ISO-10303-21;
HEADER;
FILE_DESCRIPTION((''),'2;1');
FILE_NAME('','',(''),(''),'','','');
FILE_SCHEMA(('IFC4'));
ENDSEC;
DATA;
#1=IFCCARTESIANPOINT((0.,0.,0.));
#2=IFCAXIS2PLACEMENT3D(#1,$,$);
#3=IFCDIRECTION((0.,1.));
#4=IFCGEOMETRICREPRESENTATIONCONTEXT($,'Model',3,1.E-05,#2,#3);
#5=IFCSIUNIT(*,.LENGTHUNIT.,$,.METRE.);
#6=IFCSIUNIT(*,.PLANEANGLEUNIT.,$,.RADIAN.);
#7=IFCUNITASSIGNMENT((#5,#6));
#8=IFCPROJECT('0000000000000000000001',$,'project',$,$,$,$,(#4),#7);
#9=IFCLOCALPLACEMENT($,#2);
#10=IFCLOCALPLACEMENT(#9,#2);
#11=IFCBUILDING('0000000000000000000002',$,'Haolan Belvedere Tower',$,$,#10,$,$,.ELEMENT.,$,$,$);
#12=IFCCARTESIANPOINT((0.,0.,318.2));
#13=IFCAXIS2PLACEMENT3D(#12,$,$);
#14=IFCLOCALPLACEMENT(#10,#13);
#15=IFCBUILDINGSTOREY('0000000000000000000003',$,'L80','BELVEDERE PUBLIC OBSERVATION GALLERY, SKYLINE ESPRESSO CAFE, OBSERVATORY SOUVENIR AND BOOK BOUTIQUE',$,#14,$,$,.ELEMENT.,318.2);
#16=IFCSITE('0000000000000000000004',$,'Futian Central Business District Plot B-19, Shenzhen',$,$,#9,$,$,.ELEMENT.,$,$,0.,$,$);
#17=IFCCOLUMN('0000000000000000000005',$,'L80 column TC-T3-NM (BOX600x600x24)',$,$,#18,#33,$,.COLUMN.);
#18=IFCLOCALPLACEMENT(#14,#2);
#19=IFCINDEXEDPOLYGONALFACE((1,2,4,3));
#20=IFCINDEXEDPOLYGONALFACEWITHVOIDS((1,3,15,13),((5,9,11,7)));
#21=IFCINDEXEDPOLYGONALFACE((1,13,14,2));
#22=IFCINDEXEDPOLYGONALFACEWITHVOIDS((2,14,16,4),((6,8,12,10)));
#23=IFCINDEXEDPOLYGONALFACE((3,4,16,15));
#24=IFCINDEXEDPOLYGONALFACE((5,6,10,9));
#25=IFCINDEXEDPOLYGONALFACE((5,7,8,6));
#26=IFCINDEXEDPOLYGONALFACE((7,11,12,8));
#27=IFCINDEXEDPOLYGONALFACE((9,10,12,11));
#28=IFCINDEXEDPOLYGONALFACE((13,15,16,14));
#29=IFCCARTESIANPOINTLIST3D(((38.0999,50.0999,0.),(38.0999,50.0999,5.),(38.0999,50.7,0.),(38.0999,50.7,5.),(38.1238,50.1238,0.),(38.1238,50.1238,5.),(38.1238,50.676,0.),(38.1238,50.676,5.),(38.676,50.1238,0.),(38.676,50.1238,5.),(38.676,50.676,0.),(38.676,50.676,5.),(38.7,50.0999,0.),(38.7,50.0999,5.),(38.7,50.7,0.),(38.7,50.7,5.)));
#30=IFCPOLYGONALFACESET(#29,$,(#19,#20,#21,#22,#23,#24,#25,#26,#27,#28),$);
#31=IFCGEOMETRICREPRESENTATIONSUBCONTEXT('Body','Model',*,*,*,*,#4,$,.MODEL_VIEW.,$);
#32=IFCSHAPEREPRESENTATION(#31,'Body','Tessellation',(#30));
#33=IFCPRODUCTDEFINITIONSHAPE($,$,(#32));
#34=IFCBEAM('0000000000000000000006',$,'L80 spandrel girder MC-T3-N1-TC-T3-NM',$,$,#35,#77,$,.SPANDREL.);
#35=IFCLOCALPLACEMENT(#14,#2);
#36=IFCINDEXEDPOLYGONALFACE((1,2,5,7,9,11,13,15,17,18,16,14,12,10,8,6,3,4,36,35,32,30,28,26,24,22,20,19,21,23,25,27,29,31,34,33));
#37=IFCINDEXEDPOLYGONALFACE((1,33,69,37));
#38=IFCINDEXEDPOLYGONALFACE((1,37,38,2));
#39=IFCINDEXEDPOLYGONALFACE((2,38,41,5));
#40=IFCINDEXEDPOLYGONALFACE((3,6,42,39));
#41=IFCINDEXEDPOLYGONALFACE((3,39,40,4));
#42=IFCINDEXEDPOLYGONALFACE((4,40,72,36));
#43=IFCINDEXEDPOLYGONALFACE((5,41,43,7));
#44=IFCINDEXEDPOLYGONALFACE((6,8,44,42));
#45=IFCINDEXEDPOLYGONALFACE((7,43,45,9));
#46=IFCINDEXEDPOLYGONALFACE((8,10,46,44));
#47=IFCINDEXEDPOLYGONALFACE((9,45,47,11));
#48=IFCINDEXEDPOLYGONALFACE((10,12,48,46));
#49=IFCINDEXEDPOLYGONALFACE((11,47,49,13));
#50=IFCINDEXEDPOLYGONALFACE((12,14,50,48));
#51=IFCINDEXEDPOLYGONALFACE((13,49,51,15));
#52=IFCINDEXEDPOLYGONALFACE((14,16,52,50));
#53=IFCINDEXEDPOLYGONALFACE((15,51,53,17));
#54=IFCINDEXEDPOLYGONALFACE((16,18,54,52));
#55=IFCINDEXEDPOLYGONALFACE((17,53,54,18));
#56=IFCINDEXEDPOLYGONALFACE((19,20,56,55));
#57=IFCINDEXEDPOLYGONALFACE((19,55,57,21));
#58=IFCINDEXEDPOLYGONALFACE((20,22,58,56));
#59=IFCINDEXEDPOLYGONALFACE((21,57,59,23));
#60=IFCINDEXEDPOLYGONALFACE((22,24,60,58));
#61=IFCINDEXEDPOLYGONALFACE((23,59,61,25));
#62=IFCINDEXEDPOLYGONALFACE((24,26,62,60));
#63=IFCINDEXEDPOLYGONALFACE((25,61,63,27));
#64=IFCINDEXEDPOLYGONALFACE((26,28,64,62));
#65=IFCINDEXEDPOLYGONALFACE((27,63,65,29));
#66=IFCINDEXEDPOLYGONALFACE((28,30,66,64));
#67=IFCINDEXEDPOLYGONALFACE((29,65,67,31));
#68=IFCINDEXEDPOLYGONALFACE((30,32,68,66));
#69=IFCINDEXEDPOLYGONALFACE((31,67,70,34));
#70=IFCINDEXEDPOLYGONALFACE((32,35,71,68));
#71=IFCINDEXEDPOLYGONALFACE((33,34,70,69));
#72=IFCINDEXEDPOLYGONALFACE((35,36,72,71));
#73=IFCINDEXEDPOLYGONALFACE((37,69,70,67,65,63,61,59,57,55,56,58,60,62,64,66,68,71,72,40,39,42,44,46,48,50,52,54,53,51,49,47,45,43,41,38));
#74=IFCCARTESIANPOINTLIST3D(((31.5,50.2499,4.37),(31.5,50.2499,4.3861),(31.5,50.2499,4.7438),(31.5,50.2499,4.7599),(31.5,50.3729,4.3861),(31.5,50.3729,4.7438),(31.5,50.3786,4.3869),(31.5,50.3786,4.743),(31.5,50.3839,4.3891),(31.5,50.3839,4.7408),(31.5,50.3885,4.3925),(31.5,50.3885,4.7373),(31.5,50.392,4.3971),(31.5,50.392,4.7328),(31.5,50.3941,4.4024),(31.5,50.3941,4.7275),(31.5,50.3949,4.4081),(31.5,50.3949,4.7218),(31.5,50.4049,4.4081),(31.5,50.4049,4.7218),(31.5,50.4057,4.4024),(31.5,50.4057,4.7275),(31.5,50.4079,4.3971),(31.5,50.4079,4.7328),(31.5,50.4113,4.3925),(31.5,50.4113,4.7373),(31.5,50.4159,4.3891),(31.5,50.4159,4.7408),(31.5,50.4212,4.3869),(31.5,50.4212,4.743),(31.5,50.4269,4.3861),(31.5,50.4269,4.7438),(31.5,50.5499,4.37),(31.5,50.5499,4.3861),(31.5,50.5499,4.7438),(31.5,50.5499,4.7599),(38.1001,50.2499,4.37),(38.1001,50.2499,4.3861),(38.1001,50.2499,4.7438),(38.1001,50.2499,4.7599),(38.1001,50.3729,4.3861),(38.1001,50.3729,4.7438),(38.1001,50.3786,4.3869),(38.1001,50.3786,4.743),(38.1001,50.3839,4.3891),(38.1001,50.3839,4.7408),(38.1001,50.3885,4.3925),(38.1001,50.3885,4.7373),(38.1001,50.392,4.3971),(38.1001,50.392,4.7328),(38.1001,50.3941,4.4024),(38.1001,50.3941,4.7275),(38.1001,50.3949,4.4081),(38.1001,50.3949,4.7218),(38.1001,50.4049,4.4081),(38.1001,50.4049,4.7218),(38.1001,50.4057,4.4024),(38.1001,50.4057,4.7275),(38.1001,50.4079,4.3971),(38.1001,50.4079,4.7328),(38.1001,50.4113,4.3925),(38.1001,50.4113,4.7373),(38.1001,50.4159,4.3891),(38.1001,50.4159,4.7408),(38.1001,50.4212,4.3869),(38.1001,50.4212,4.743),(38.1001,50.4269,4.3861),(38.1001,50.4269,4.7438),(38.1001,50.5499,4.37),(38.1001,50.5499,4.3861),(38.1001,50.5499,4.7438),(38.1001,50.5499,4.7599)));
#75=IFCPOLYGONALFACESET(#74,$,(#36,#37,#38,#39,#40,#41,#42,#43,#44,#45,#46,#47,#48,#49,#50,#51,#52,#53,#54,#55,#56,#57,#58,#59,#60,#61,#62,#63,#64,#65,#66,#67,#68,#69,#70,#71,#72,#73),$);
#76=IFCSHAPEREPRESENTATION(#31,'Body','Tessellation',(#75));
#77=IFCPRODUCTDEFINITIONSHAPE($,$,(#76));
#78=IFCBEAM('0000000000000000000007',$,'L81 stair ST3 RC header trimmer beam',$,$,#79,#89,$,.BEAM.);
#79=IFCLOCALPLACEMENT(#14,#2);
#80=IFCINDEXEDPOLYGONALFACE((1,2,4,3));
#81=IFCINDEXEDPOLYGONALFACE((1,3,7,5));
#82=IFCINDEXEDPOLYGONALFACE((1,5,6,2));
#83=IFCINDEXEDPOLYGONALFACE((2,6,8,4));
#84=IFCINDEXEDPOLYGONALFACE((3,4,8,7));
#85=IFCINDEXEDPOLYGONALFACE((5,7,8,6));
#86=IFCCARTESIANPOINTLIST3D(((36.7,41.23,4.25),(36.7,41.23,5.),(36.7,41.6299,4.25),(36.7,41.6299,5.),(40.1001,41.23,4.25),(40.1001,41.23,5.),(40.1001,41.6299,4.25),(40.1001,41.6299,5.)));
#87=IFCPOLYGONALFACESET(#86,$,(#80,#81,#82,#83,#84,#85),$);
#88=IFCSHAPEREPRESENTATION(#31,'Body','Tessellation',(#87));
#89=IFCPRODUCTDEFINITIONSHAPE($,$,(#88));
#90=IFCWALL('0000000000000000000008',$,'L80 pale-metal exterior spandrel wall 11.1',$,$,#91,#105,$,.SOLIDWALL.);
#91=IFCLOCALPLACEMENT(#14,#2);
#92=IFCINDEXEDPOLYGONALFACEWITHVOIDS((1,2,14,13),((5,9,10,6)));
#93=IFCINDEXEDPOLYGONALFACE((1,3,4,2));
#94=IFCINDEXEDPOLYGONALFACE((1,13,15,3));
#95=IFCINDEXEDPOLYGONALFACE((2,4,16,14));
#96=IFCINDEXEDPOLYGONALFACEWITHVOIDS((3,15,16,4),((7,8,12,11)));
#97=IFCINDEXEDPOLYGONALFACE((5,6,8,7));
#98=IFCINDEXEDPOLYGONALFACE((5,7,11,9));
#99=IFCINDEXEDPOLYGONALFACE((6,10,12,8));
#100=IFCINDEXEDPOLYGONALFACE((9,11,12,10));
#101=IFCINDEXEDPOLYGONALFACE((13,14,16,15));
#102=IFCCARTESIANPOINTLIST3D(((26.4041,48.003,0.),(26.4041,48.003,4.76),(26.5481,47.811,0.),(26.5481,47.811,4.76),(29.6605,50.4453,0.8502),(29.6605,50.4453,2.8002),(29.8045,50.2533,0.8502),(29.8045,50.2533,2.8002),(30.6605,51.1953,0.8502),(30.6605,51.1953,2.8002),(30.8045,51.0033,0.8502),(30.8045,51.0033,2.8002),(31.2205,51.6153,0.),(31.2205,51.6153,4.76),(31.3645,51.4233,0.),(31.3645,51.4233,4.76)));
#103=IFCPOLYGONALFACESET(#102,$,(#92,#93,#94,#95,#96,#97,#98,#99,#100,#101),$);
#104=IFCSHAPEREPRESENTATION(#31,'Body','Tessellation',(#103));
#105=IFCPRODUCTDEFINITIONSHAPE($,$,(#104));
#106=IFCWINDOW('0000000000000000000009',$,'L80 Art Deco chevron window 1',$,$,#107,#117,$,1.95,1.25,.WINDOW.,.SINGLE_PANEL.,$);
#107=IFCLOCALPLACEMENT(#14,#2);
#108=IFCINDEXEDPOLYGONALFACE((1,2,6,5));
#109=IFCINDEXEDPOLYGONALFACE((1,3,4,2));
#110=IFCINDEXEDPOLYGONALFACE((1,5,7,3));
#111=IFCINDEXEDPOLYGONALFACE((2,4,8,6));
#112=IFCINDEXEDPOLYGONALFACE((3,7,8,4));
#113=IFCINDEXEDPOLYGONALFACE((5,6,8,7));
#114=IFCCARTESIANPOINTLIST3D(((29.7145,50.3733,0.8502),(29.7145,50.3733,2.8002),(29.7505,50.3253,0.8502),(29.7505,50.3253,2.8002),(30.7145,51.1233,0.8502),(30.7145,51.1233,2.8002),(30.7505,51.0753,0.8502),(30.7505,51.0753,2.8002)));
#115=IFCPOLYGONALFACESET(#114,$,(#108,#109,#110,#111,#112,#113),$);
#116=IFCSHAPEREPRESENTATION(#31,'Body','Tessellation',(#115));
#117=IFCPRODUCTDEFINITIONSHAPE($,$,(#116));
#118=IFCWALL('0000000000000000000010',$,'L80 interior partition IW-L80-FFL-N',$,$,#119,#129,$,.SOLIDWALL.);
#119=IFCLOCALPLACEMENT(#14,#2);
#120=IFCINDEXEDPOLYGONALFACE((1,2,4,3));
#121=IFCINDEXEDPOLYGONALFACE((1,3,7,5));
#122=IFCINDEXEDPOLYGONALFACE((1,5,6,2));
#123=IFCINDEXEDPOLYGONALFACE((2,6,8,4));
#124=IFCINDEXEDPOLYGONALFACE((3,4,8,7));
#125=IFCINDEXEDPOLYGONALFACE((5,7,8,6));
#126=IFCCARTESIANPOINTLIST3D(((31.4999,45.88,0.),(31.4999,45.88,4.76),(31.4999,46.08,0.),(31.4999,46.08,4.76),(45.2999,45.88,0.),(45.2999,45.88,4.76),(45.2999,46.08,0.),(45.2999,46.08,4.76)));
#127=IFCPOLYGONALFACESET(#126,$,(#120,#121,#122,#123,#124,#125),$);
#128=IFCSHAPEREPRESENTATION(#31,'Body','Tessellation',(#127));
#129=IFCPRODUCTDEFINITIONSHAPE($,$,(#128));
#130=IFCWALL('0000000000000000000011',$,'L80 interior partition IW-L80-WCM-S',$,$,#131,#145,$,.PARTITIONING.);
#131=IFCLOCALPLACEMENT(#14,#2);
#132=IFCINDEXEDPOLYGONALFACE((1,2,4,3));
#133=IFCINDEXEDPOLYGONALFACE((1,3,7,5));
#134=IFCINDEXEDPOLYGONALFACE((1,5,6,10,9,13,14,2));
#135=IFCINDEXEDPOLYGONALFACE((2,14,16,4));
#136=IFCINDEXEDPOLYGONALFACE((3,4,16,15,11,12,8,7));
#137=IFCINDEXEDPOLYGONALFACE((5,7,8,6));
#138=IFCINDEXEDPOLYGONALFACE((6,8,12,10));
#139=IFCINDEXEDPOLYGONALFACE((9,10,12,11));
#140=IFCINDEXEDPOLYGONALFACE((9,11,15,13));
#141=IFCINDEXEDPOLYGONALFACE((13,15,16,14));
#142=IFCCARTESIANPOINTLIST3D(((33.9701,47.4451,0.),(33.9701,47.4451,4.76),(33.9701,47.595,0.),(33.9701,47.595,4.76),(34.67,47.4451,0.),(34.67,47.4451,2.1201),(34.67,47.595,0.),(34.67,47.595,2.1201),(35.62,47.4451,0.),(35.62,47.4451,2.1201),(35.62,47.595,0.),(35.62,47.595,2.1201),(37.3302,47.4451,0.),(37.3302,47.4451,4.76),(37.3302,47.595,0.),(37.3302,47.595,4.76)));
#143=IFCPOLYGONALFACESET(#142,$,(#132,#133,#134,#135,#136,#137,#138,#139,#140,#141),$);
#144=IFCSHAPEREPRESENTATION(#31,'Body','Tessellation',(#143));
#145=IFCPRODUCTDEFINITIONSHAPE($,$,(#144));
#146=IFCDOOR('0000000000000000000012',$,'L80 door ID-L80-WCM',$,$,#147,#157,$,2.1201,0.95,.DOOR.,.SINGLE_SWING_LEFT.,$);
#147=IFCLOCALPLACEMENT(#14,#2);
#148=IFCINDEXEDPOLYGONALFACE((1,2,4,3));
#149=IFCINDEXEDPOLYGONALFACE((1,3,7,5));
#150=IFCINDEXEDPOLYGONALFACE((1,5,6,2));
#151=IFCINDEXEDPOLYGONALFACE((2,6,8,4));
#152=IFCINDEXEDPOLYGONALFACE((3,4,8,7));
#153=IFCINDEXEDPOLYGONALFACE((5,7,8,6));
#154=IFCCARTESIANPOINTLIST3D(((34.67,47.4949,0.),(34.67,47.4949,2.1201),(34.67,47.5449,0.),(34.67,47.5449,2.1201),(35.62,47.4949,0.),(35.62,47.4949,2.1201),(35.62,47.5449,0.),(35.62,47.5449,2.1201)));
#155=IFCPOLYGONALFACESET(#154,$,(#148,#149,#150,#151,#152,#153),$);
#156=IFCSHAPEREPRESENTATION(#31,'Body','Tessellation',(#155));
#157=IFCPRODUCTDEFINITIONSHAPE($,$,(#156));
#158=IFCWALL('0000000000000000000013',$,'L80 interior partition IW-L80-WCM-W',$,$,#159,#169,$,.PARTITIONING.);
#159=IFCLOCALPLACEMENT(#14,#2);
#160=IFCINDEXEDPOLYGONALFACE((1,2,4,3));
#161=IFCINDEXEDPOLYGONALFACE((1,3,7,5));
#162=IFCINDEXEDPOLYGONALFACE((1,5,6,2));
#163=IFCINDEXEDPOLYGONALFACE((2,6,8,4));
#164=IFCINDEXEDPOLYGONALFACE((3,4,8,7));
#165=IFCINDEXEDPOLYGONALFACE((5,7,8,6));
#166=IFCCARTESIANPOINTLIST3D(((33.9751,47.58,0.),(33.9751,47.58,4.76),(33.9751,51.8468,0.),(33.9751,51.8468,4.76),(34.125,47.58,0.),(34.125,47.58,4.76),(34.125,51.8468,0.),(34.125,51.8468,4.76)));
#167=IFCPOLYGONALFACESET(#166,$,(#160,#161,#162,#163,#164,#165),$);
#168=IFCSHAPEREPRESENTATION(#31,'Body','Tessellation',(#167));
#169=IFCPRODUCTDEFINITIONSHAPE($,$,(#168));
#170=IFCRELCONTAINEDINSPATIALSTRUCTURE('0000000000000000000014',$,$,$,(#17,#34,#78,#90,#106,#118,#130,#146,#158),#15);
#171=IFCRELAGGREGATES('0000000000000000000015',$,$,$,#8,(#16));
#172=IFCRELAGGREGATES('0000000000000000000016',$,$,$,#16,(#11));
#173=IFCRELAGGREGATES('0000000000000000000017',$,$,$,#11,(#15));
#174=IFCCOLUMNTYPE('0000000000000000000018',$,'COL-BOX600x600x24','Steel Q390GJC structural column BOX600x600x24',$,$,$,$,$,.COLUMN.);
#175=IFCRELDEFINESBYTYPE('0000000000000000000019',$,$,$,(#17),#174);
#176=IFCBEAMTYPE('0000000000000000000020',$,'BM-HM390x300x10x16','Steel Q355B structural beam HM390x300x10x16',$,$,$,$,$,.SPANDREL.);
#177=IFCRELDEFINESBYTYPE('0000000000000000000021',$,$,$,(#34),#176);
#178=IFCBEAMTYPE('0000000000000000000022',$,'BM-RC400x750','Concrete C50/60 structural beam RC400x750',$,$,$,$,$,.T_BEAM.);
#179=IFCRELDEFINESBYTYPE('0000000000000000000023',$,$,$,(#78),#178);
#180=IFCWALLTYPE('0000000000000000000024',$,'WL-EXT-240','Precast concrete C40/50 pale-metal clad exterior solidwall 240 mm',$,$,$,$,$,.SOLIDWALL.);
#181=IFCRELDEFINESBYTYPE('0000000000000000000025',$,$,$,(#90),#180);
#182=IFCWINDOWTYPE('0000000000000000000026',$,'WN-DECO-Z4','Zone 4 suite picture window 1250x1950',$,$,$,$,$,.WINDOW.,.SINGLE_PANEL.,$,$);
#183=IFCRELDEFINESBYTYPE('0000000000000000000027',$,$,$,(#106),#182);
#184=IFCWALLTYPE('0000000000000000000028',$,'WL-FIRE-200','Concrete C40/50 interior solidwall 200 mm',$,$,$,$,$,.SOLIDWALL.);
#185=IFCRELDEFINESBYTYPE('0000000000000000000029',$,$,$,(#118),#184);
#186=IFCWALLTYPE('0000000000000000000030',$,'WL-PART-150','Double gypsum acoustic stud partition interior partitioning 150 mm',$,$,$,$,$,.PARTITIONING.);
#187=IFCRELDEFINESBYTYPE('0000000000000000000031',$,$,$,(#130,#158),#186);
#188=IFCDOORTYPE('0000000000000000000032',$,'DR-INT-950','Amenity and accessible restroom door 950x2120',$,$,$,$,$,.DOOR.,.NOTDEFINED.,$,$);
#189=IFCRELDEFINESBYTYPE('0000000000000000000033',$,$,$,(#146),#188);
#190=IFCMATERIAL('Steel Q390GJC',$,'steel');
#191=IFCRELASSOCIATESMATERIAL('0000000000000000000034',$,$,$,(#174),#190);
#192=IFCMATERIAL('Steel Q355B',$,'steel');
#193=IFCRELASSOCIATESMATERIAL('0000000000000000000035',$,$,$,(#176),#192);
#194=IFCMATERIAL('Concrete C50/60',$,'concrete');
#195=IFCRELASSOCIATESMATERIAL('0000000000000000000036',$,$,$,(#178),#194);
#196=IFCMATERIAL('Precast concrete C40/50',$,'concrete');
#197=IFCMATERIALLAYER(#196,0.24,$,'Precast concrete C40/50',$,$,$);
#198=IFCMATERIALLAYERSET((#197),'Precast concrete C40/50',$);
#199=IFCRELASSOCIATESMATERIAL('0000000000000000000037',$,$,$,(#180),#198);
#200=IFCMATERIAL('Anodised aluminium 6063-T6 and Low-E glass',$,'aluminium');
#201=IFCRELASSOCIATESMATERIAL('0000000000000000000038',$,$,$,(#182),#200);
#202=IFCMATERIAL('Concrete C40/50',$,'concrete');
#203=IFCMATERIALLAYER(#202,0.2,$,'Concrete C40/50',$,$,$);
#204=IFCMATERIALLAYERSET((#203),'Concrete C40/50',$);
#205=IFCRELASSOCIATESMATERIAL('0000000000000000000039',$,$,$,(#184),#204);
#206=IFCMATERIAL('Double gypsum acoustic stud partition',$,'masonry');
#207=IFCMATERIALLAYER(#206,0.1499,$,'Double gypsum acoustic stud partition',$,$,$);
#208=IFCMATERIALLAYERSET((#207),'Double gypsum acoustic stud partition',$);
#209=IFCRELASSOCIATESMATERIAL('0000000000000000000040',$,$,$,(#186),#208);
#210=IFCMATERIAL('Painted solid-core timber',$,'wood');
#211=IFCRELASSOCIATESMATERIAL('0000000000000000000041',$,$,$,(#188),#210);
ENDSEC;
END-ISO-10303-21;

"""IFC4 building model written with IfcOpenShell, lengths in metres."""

from ifc_helpers import new_model, si_unit, direction, frame, frame_2d, origin, origin_2d, place, context, subcontext, project, spatial, rectangle, hollow_rectangle, i_section, extrude, material, layer, layer_set, material_profile, profile_set, type_object, element, fill, save


model = new_model("IFC4")

# Units and contexts
model_context = context("Model", 3, precision=1e-05, world=origin(), true_north=direction((0.0, 1.0)))
body_context = subcontext(model_context, "Body", "Model", "MODEL_VIEW")
ifc_project = project(units=[si_unit("LENGTHUNIT", "METRE"), si_unit("PLANEANGLEUNIT", "RADIAN")], contexts=[model_context])

# Site, building, storey
site_placement = place(None, origin())
site = spatial("IfcSite", under=ifc_project, at=site_placement, Name="Futian Central Business District Plot B-19, Shenzhen", CompositionType="ELEMENT", RefElevation=0.0)
building_placement = place(site_placement, origin())
building = spatial("IfcBuilding", under=site, at=building_placement, Name="Haolan Belvedere Tower", CompositionType="ELEMENT")
storey_placement = place(building_placement, frame((0.0, 0.0, 318.2)))
storey = spatial("IfcBuildingStorey", under=building, at=storey_placement, Name="L80", Description="BELVEDERE PUBLIC OBSERVATION GALLERY, SKYLINE ESPRESSO CAFE, OBSERVATORY SOUVENIR AND BOOK BOUTIQUE", CompositionType="ELEMENT", Elevation=318.2)

# Column
ifc_material_1 = material(Name="Steel Q390GJC", Category="steel")
ifc_material_profile_1 = material_profile(ifc_material_1, hollow_rectangle(XDim=0.6001, YDim=0.6001, WallThickness=0.0239, at=origin_2d()), Name="Steel Q390GJC")
ifc_profile_set_1 = profile_set([ifc_material_profile_1], Name="Steel Q390GJC")
column_type = type_object("IfcColumnType", Name="COL-BOX600x600x24", Description="Steel Q390GJC structural column BOX600x600x24", PredefinedType="COLUMN", material=ifc_profile_set_1)
column_placement = place(storey_placement, frame((38.3999, 50.3999, 0.0), z_axis=(0.0, 0.0, 1.0), x_axis=(1.0, 0.0, 0.0)))
element("IfcColumn", 1, at=column_placement, inside=storey, type_object=column_type, Name="L80 column TC-T3-NM (BOX600x600x24)", PredefinedType="COLUMN", context=body_context, shape_type="SweptSolid", body=[
    extrude(hollow_rectangle(XDim=0.6001, YDim=0.6001, WallThickness=0.0239, at=origin_2d()), origin(), (0.0, 0.0, 1.0), 5.0),
])

# Beams
ifc_material_2 = material(Name="Steel Q355B", Category="steel")
ifc_material_profile_2 = material_profile(ifc_material_2, i_section(OverallWidth=0.3, OverallDepth=0.3899, WebThickness=0.01, FlangeThickness=0.0161, FilletRadius=0.022, at=origin_2d()), Name="Steel Q355B")
ifc_profile_set_2 = profile_set([ifc_material_profile_2], Name="Steel Q355B")
beam_type_1 = type_object("IfcBeamType", Name="BM-HM390x300x10x16", Description="Steel Q355B structural beam HM390x300x10x16", PredefinedType="SPANDREL", material=ifc_profile_set_2)
beam_1_placement = place(storey_placement, frame((31.5, 50.3999, 4.5649), z_axis=(1.0, 0.0, 0.0), x_axis=(0.0, 1.0, 0.0)))
element("IfcBeam", 2, at=beam_1_placement, inside=storey, type_object=beam_type_1, Name="L80 spandrel girder MC-T3-N1-TC-T3-NM", PredefinedType="SPANDREL", context=body_context, shape_type="SweptSolid", body=[
    extrude(i_section(OverallWidth=0.3, OverallDepth=0.3899, WebThickness=0.01, FlangeThickness=0.0161, FilletRadius=0.022, at=origin_2d()), origin(), (0.0, 0.0, 1.0), 6.6001),
])
ifc_material_3 = material(Name="Concrete C50/60", Category="concrete")
ifc_material_profile_3 = material_profile(ifc_material_3, rectangle(XDim=0.3999, YDim=0.75, at=origin_2d()), Name="Concrete C50/60")
ifc_profile_set_3 = profile_set([ifc_material_profile_3], Name="Concrete C50/60")
beam_type_2 = type_object("IfcBeamType", Name="BM-RC400x750", Description="Concrete C50/60 structural beam RC400x750", PredefinedType="T_BEAM", material=ifc_profile_set_3)
beam_2_placement = place(storey_placement, frame((36.7, 41.4299, 4.625), z_axis=(1.0, 0.0, 0.0), x_axis=(0.0, 1.0, 0.0)))
element("IfcBeam", 3, at=beam_2_placement, inside=storey, type_object=beam_type_2, Name="L81 stair ST3 RC header trimmer beam", PredefinedType="BEAM", context=body_context, shape_type="SweptSolid", body=[
    extrude(rectangle(XDim=0.3999, YDim=0.75, at=origin_2d()), origin(), (0.0, 0.0, 1.0), 3.4001),
])

# Wall, opening, window
ifc_material_4 = material(Name="Precast concrete C40/50", Category="concrete")
ifc_layer_1 = layer(ifc_material_4, 0.24, Name="Precast concrete C40/50")
ifc_layer_set_1 = layer_set([ifc_layer_1], Name="Precast concrete C40/50")
wall_type_1 = type_object("IfcWallType", Name="WL-EXT-240", Description="Precast concrete C40/50 pale-metal clad exterior solidwall 240 mm", PredefinedType="SOLIDWALL", material=ifc_layer_set_1)
wall_1_placement = place(storey_placement, frame((31.2925, 51.5193, 0.0), z_axis=(0.0, 0.0, 1.0), x_axis=(-0.8, -0.6, 0.0)))
wall_1 = element("IfcWall", 4, at=wall_1_placement, inside=storey, type_object=wall_type_1, Name="L80 pale-metal exterior spandrel wall 11.1", PredefinedType="SOLIDWALL", context=body_context, shape_type="SweptSolid", body=[
    extrude(rectangle(XDim=6.0205, YDim=0.24, at=frame_2d((3.0103, 0.0))), origin(), (0.0, 0.0, 1.0), 4.76),
])
opening_1_placement = place(wall_1_placement, frame((0.7, 0.0, 0.8501)))
opening_1 = element("IfcOpeningElement", 5, at=opening_1_placement, cuts=wall_1, PredefinedType="OPENING", context=body_context, shape_type="SweptSolid", body=[
    extrude(rectangle(XDim=1.25, YDim=1.95, at=frame_2d((0.625, 0.9751))), frame((0.0, 0.1299, 0.0), z_axis=(0.0, -1.0, 0.0), x_axis=(1.0, 0.0, 0.0)), (0.0, 0.0, 1.0), 0.26),
])
ifc_material_5 = material(Name="Anodised aluminium 6063-T6 and Low-E glass", Category="aluminium")
window_type = type_object("IfcWindowType", Name="WN-DECO-Z4", Description="Zone 4 suite picture window 1250x1950", PartitioningType="SINGLE_PANEL", PredefinedType="WINDOW", material=ifc_material_5)
window_placement = place(opening_1_placement, origin())
window = element("IfcWindow", 6, at=window_placement, inside=storey, type_object=window_type, Name="L80 Art Deco chevron window 1", OverallHeight=1.95, OverallWidth=1.25, PartitioningType="SINGLE_PANEL", PredefinedType="WINDOW", context=body_context, shape_type="SweptSolid", body=[
    extrude(rectangle(XDim=1.25, YDim=1.95, at=frame_2d((0.625, 0.9751))), frame((0.0, 0.03, 0.0), z_axis=(0.0, -1.0, 0.0), x_axis=(1.0, 0.0, 0.0)), (0.0, 0.0, 1.0), 0.0601),
])
fill(opening_1, window)

# Wall
ifc_material_6 = material(Name="Concrete C40/50", Category="concrete")
ifc_layer_2 = layer(ifc_material_6, 0.2, Name="Concrete C40/50")
ifc_layer_set_2 = layer_set([ifc_layer_2], Name="Concrete C40/50")
wall_type_2 = type_object("IfcWallType", Name="WL-FIRE-200", Description="Concrete C40/50 interior solidwall 200 mm", PredefinedType="SOLIDWALL", material=ifc_layer_set_2)
wall_2_placement = place(storey_placement, frame((31.5, 45.98, 0.0), z_axis=(0.0, 0.0, 1.0), x_axis=(1.0, 0.0, 0.0)))
element("IfcWall", 7, at=wall_2_placement, inside=storey, type_object=wall_type_2, Name="L80 interior partition IW-L80-FFL-N", PredefinedType="SOLIDWALL", context=body_context, shape_type="SweptSolid", body=[
    extrude(rectangle(XDim=13.8, YDim=0.2, at=frame_2d((6.8999, 0.0))), origin(), (0.0, 0.0, 1.0), 4.76),
])

# Wall, opening, door
ifc_material_7 = material(Name="Double gypsum acoustic stud partition", Category="masonry")
ifc_layer_3 = layer(ifc_material_7, 0.1499, Name="Double gypsum acoustic stud partition")
ifc_layer_set_3 = layer_set([ifc_layer_3], Name="Double gypsum acoustic stud partition")
wall_type_3 = type_object("IfcWallType", Name="WL-PART-150", Description="Double gypsum acoustic stud partition interior partitioning 150 mm", PredefinedType="PARTITIONING", material=ifc_layer_set_3)
wall_3_placement = place(storey_placement, frame((33.97, 47.52, 0.0), z_axis=(0.0, 0.0, 1.0), x_axis=(1.0, 0.0, 0.0)))
wall_3 = element("IfcWall", 8, at=wall_3_placement, inside=storey, type_object=wall_type_3, Name="L80 interior partition IW-L80-WCM-S", PredefinedType="PARTITIONING", context=body_context, shape_type="SweptSolid", body=[
    extrude(rectangle(XDim=3.3601, YDim=0.1499, at=frame_2d((1.6802, 0.0))), origin(), (0.0, 0.0, 1.0), 4.76),
])
opening_2_placement = place(wall_3_placement, frame((0.7, 0.0, 0.0)))
opening_2 = element("IfcOpeningElement", 9, at=opening_2_placement, cuts=wall_3, PredefinedType="OPENING", context=body_context, shape_type="SweptSolid", body=[
    extrude(rectangle(XDim=0.95, YDim=2.1201, at=frame_2d((0.4751, 1.0601))), frame((0.0, 0.085, 0.0), z_axis=(0.0, -1.0, 0.0), x_axis=(1.0, 0.0, 0.0)), (0.0, 0.0, 1.0), 0.1699),
])
ifc_material_8 = material(Name="Painted solid-core timber", Category="wood")
door_type_1 = type_object("IfcDoorType", Name="DR-INT-950", Description="Amenity and accessible restroom door 950x2120", OperationType="NOTDEFINED", PredefinedType="DOOR", material=ifc_material_8)
door_1_placement = place(opening_2_placement, origin())
door_1 = element("IfcDoor", 10, at=door_1_placement, inside=storey, type_object=door_type_1, Name="L80 door ID-L80-WCM", OperationType="SINGLE_SWING_LEFT", OverallHeight=2.1201, OverallWidth=0.95, PredefinedType="DOOR", context=body_context, shape_type="SweptSolid", body=[
    extrude(rectangle(XDim=0.95, YDim=2.1201, at=frame_2d((0.4751, 1.0601))), frame((0.0, 0.0249, 0.0), z_axis=(0.0, -1.0, 0.0), x_axis=(1.0, 0.0, 0.0)), (0.0, 0.0, 1.0), 0.05),
])
fill(opening_2, door_1)

# Wall
wall_4_placement = place(storey_placement, frame((34.05, 47.5801, 0.0), z_axis=(0.0, 0.0, 1.0), x_axis=(0.0, 1.0, 0.0)))
element("IfcWall", 11, at=wall_4_placement, inside=storey, type_object=wall_type_3, Name="L80 interior partition IW-L80-WCM-W", PredefinedType="PARTITIONING", context=body_context, shape_type="SweptSolid", body=[
    extrude(rectangle(XDim=4.2668, YDim=0.1499, at=frame_2d((2.1333, 0.0))), origin(), (0.0, 0.0, 1.0), 4.76),
])

save(model, "model.ifc")
